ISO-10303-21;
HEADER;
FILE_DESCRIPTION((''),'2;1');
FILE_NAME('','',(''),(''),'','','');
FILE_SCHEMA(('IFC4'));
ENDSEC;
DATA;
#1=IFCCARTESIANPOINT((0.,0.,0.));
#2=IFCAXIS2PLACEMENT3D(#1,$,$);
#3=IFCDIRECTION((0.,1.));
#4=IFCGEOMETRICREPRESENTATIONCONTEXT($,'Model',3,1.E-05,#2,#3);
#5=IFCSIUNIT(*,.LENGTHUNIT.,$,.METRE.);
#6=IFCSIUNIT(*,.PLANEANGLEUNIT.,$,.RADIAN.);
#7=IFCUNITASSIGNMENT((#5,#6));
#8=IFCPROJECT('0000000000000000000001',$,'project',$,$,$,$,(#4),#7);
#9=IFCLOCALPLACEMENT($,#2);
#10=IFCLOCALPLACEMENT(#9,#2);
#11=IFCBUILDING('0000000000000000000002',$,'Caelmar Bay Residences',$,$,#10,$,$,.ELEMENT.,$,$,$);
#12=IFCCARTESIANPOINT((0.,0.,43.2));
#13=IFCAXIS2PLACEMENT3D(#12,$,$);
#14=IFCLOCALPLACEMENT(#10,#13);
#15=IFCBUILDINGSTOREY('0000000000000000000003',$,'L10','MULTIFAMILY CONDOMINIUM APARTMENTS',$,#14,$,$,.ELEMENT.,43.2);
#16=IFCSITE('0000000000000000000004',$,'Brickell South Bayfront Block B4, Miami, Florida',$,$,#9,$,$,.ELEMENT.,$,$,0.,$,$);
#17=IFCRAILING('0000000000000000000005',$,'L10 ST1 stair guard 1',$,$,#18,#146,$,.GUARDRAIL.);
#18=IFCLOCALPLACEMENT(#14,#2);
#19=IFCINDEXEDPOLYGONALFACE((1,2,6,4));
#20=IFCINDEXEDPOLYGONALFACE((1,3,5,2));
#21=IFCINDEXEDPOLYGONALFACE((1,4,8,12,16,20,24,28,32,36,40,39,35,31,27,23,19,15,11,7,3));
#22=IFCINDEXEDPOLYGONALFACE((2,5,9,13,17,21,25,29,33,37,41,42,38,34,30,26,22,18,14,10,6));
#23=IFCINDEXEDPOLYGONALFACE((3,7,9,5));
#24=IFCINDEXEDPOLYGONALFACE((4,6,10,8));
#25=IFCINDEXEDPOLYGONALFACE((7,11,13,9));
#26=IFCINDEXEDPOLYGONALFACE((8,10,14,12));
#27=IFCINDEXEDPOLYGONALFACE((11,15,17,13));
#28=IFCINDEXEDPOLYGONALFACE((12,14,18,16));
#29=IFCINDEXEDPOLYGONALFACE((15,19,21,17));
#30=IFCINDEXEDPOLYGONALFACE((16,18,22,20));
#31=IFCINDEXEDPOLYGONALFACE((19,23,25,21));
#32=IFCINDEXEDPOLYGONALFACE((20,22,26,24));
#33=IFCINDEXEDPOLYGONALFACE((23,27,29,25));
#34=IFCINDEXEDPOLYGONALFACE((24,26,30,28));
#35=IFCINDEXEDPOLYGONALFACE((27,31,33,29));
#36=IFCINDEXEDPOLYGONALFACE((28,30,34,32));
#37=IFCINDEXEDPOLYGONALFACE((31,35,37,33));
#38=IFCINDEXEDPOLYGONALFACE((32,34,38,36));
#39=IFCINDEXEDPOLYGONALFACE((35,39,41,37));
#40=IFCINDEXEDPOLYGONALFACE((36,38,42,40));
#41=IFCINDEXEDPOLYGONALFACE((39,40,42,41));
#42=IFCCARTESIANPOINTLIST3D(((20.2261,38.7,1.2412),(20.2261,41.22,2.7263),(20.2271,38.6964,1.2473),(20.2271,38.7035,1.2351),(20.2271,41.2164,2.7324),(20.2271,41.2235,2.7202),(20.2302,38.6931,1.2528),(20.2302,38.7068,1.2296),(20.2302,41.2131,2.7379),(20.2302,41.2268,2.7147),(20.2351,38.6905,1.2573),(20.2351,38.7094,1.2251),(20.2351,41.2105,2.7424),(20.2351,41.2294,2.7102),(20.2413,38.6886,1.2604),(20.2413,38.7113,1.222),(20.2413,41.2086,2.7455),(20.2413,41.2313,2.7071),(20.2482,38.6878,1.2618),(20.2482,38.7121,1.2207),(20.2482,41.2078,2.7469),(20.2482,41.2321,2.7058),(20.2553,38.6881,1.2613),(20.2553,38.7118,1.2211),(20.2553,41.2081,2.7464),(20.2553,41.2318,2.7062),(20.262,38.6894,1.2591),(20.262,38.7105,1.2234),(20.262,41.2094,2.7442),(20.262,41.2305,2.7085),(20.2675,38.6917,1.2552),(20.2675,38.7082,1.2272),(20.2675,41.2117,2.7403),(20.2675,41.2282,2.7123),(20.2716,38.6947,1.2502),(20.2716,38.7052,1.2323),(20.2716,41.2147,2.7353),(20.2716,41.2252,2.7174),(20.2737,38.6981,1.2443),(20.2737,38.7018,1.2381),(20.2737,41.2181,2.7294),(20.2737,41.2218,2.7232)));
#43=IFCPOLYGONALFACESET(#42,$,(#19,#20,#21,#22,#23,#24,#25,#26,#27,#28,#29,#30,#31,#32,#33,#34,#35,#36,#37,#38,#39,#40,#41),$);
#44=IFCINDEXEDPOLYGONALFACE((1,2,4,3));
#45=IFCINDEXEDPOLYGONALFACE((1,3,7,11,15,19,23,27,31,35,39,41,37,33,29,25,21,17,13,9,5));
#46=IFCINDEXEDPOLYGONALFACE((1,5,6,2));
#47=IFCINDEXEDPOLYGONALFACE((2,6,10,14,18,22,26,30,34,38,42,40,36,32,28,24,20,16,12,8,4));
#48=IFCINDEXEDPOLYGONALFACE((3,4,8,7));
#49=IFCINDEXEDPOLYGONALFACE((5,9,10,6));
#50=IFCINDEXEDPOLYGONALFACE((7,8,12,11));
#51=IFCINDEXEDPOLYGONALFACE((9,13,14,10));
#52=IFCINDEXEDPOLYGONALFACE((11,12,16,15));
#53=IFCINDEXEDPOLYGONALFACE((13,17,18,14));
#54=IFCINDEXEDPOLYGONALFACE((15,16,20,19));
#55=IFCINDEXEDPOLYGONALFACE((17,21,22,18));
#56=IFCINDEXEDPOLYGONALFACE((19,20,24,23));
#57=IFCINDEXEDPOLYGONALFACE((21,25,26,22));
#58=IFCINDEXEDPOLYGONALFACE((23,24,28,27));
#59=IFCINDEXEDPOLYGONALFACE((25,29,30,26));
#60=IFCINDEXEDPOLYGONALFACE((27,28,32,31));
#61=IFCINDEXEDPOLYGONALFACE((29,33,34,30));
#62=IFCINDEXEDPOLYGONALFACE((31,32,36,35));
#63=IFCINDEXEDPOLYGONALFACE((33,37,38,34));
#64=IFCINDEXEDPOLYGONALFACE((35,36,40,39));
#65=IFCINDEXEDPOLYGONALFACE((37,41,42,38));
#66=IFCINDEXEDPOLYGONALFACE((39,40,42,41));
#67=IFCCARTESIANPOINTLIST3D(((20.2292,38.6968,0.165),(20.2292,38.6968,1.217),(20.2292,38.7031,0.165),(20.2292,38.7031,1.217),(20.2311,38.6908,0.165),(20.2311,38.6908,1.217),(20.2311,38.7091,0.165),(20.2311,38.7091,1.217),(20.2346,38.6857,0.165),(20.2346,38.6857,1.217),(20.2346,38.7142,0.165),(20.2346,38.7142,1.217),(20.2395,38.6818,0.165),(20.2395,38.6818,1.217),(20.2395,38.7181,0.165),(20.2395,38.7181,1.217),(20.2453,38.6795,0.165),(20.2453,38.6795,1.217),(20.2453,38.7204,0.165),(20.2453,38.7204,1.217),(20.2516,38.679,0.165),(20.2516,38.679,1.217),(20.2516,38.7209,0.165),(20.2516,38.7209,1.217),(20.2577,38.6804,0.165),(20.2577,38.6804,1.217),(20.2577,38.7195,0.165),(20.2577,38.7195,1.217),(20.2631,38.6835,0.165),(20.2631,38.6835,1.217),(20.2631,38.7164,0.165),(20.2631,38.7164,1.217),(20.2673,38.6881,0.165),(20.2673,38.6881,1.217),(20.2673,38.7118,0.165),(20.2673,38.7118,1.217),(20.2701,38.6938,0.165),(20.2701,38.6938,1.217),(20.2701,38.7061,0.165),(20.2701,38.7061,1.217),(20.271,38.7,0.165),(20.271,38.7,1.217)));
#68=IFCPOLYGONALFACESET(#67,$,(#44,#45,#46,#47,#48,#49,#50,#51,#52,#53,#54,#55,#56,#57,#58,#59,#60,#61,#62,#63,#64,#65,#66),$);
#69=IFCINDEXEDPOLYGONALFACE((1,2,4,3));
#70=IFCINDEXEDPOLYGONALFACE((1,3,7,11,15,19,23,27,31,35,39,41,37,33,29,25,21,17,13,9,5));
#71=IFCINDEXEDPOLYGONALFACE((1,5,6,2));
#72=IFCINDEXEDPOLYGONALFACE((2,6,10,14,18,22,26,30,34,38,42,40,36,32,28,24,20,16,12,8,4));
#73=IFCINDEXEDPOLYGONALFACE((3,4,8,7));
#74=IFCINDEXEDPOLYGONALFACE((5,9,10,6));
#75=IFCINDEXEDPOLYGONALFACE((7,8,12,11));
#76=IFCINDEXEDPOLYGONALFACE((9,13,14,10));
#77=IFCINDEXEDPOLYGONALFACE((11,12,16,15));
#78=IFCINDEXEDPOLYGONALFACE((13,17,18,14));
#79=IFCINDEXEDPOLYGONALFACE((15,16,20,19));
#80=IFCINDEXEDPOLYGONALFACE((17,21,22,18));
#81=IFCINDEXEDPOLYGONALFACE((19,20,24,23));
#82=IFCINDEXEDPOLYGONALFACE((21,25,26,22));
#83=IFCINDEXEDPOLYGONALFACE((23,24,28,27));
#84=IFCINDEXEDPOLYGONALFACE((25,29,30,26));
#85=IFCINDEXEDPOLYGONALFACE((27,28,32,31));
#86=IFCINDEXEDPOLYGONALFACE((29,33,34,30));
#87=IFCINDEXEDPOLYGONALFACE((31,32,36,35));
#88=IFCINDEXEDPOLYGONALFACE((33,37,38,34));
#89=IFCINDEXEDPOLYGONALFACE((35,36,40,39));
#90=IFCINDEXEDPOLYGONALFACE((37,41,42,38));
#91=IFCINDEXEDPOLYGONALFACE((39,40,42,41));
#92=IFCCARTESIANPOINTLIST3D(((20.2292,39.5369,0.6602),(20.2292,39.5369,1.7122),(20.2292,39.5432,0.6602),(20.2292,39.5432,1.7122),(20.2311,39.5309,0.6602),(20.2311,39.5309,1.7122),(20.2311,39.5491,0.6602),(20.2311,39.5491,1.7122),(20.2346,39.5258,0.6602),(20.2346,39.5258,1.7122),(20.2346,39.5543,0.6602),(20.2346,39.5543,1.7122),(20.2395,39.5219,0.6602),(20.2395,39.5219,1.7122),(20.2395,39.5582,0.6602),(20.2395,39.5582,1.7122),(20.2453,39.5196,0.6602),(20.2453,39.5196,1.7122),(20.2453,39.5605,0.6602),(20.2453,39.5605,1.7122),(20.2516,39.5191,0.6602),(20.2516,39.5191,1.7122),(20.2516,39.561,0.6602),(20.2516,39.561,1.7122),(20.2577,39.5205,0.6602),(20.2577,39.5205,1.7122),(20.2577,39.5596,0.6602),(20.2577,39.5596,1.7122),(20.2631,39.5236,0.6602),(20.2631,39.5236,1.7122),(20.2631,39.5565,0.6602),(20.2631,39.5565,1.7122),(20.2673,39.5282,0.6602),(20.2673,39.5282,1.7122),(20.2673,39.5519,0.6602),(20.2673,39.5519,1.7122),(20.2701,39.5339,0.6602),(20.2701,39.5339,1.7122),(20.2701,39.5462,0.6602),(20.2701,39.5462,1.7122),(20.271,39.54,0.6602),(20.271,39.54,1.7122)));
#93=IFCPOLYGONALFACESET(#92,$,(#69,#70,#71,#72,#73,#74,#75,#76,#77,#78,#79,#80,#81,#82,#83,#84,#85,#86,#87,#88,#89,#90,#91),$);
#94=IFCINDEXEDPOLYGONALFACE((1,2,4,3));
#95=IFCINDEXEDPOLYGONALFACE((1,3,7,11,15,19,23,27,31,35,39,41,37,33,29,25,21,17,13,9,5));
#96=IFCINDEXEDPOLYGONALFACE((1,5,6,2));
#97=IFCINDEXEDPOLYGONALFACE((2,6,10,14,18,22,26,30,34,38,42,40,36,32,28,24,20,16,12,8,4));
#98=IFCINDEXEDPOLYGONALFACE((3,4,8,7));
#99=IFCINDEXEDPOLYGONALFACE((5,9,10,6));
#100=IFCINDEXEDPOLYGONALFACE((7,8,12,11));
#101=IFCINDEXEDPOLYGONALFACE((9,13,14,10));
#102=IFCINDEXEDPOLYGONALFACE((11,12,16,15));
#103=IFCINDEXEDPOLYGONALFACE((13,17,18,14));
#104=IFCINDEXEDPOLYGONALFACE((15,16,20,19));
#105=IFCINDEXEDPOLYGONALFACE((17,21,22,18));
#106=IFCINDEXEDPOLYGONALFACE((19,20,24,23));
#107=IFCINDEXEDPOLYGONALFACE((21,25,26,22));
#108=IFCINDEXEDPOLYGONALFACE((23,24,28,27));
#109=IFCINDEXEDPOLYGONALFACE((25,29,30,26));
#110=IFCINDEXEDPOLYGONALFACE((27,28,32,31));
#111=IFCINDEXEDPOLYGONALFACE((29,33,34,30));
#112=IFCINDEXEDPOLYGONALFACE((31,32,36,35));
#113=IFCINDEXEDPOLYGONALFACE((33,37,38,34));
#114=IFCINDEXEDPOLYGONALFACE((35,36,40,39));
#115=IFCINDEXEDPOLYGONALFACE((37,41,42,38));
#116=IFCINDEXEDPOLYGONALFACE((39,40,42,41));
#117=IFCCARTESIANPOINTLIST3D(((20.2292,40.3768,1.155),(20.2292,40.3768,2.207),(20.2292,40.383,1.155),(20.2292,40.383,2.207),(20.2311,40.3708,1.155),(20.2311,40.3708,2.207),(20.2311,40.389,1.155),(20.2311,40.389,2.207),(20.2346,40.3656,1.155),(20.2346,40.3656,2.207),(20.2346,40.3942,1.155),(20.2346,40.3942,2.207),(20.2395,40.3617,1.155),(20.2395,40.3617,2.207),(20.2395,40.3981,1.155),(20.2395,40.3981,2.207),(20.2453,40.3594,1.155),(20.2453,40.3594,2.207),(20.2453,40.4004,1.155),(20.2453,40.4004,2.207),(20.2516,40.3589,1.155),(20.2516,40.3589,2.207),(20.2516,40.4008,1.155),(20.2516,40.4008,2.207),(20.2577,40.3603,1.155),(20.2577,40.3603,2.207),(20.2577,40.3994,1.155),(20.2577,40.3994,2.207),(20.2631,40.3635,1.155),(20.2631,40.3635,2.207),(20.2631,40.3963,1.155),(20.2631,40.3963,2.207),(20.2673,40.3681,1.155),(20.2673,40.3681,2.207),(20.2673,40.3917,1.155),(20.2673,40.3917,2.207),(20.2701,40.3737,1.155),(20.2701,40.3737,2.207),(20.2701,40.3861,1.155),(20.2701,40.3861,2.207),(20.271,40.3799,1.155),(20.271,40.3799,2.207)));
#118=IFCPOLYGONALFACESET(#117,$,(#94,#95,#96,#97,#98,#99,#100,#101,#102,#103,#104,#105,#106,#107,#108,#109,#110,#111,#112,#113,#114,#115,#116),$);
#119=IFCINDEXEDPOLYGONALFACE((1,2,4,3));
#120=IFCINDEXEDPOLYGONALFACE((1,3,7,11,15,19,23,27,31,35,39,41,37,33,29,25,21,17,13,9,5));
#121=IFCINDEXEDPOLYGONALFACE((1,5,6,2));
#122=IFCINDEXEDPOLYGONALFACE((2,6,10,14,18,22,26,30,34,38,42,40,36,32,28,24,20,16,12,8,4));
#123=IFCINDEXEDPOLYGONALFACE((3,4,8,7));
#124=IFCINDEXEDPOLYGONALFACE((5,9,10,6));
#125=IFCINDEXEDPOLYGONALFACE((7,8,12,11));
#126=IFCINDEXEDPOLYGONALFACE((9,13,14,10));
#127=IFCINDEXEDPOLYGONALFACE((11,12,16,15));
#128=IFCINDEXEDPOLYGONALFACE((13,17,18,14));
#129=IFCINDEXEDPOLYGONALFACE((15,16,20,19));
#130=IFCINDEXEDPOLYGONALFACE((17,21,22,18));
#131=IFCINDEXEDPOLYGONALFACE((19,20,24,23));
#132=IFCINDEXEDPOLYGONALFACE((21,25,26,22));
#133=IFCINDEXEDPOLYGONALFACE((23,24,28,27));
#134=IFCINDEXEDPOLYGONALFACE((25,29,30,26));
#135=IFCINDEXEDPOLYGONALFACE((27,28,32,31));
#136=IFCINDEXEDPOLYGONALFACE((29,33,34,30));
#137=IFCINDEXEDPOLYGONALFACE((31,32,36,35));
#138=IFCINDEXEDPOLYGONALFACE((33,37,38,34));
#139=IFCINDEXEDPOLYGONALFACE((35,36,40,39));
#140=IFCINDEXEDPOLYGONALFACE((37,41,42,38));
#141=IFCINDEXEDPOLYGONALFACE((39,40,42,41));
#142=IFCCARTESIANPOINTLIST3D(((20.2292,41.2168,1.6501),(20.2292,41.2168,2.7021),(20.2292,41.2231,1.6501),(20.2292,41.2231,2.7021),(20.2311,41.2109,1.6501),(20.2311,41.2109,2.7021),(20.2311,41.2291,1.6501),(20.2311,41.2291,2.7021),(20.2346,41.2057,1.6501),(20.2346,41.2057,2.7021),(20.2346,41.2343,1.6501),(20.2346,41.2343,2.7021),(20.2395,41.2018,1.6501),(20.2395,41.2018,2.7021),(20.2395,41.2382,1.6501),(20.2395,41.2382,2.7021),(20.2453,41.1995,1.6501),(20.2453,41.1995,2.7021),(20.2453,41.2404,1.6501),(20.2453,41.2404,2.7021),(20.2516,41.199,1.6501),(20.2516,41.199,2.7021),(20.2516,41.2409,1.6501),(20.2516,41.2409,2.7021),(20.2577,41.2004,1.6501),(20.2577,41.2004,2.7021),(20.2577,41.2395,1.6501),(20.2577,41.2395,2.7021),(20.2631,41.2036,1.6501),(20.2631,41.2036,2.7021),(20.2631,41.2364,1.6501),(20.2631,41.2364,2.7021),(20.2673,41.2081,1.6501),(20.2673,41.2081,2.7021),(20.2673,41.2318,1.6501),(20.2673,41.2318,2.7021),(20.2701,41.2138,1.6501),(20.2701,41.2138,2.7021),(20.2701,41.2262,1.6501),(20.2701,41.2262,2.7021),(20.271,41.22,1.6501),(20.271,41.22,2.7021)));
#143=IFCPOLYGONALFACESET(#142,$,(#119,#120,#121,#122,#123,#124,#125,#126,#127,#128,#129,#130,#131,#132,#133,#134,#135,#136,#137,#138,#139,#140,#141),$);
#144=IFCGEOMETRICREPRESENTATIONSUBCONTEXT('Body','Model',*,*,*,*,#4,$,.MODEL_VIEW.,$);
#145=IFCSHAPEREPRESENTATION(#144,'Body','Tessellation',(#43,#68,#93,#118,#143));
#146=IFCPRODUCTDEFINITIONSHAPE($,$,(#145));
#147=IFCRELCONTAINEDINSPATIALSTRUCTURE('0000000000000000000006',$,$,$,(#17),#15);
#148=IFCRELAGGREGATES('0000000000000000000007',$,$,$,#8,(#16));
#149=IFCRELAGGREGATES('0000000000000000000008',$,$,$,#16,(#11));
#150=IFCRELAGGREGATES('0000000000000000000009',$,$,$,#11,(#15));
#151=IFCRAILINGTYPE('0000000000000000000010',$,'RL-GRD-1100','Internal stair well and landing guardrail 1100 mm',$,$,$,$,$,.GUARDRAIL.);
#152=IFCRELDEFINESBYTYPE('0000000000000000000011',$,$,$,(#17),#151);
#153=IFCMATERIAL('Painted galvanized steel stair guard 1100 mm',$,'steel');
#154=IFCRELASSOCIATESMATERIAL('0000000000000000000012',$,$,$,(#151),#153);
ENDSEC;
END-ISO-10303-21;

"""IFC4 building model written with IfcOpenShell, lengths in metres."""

from ifc_helpers import new_model, si_unit, direction, frame, origin, origin_2d, place, context, subcontext, project, spatial, circle, extrude, material, type_object, element, save


model = new_model("IFC4")

# Units and contexts
model_context = context("Model", 3, precision=1e-05, world=origin(), true_north=direction((0.0, 1.0)))
body_context = subcontext(model_context, "Body", "Model", "MODEL_VIEW")
ifc_project = project(units=[si_unit("LENGTHUNIT", "METRE"), si_unit("PLANEANGLEUNIT", "RADIAN")], contexts=[model_context])

# Site, building, storey
site_placement = place(None, origin())
site = spatial("IfcSite", under=ifc_project, at=site_placement, Name="Brickell South Bayfront Block B4, Miami, Florida", CompositionType="ELEMENT", RefElevation=0.0)
building_placement = place(site_placement, origin())
building = spatial("IfcBuilding", under=site, at=building_placement, Name="Caelmar Bay Residences", CompositionType="ELEMENT")
storey_placement = place(building_placement, frame((0.0, 0.0, 43.2)))
storey = spatial("IfcBuildingStorey", under=building, at=storey_placement, Name="L10", Description="MULTIFAMILY CONDOMINIUM APARTMENTS", CompositionType="ELEMENT", Elevation=43.2)

# Railing
ifc_material_1 = material(Name="Painted galvanized steel stair guard 1100 mm", Category="steel")
railing_type_1 = type_object("IfcRailingType", Name="RL-GRD-1100", Description="Internal stair well and landing guardrail 1100 mm", PredefinedType="GUARDRAIL", material=ifc_material_1)
railing_1_placement = place(storey_placement, frame((20.25, 38.7, 0.165)))
element("IfcRailing", 1, at=railing_1_placement, inside=storey, type_object=railing_type_1, Name="L10 ST1 stair guard 1", PredefinedType="GUARDRAIL", context=body_context, shape_type="SweptSolid", body=[
    extrude(circle(Radius=0.0239, at=origin_2d()), frame((0.0, 0.0, 1.0762), z_axis=(0.0, 0.861524, 0.507717), x_axis=(-1.0, 0.0, 0.0)), (0.0, 0.0, 1.0), 2.925),
    extrude(circle(Radius=0.021, at=origin_2d()), origin(), (0.0, 0.0, 1.0), 1.052),
    extrude(circle(Radius=0.021, at=origin_2d()), frame((0.0, 0.8401, 0.4951)), (0.0, 0.0, 1.0), 1.052),
    extrude(circle(Radius=0.021, at=origin_2d()), frame((0.0, 1.6799, 0.99)), (0.0, 0.0, 1.0), 1.052),
    extrude(circle(Radius=0.021, at=origin_2d()), frame((0.0, 2.52, 1.4851)), (0.0, 0.0, 1.0), 1.052),
])

save(model, "model.ifc")
